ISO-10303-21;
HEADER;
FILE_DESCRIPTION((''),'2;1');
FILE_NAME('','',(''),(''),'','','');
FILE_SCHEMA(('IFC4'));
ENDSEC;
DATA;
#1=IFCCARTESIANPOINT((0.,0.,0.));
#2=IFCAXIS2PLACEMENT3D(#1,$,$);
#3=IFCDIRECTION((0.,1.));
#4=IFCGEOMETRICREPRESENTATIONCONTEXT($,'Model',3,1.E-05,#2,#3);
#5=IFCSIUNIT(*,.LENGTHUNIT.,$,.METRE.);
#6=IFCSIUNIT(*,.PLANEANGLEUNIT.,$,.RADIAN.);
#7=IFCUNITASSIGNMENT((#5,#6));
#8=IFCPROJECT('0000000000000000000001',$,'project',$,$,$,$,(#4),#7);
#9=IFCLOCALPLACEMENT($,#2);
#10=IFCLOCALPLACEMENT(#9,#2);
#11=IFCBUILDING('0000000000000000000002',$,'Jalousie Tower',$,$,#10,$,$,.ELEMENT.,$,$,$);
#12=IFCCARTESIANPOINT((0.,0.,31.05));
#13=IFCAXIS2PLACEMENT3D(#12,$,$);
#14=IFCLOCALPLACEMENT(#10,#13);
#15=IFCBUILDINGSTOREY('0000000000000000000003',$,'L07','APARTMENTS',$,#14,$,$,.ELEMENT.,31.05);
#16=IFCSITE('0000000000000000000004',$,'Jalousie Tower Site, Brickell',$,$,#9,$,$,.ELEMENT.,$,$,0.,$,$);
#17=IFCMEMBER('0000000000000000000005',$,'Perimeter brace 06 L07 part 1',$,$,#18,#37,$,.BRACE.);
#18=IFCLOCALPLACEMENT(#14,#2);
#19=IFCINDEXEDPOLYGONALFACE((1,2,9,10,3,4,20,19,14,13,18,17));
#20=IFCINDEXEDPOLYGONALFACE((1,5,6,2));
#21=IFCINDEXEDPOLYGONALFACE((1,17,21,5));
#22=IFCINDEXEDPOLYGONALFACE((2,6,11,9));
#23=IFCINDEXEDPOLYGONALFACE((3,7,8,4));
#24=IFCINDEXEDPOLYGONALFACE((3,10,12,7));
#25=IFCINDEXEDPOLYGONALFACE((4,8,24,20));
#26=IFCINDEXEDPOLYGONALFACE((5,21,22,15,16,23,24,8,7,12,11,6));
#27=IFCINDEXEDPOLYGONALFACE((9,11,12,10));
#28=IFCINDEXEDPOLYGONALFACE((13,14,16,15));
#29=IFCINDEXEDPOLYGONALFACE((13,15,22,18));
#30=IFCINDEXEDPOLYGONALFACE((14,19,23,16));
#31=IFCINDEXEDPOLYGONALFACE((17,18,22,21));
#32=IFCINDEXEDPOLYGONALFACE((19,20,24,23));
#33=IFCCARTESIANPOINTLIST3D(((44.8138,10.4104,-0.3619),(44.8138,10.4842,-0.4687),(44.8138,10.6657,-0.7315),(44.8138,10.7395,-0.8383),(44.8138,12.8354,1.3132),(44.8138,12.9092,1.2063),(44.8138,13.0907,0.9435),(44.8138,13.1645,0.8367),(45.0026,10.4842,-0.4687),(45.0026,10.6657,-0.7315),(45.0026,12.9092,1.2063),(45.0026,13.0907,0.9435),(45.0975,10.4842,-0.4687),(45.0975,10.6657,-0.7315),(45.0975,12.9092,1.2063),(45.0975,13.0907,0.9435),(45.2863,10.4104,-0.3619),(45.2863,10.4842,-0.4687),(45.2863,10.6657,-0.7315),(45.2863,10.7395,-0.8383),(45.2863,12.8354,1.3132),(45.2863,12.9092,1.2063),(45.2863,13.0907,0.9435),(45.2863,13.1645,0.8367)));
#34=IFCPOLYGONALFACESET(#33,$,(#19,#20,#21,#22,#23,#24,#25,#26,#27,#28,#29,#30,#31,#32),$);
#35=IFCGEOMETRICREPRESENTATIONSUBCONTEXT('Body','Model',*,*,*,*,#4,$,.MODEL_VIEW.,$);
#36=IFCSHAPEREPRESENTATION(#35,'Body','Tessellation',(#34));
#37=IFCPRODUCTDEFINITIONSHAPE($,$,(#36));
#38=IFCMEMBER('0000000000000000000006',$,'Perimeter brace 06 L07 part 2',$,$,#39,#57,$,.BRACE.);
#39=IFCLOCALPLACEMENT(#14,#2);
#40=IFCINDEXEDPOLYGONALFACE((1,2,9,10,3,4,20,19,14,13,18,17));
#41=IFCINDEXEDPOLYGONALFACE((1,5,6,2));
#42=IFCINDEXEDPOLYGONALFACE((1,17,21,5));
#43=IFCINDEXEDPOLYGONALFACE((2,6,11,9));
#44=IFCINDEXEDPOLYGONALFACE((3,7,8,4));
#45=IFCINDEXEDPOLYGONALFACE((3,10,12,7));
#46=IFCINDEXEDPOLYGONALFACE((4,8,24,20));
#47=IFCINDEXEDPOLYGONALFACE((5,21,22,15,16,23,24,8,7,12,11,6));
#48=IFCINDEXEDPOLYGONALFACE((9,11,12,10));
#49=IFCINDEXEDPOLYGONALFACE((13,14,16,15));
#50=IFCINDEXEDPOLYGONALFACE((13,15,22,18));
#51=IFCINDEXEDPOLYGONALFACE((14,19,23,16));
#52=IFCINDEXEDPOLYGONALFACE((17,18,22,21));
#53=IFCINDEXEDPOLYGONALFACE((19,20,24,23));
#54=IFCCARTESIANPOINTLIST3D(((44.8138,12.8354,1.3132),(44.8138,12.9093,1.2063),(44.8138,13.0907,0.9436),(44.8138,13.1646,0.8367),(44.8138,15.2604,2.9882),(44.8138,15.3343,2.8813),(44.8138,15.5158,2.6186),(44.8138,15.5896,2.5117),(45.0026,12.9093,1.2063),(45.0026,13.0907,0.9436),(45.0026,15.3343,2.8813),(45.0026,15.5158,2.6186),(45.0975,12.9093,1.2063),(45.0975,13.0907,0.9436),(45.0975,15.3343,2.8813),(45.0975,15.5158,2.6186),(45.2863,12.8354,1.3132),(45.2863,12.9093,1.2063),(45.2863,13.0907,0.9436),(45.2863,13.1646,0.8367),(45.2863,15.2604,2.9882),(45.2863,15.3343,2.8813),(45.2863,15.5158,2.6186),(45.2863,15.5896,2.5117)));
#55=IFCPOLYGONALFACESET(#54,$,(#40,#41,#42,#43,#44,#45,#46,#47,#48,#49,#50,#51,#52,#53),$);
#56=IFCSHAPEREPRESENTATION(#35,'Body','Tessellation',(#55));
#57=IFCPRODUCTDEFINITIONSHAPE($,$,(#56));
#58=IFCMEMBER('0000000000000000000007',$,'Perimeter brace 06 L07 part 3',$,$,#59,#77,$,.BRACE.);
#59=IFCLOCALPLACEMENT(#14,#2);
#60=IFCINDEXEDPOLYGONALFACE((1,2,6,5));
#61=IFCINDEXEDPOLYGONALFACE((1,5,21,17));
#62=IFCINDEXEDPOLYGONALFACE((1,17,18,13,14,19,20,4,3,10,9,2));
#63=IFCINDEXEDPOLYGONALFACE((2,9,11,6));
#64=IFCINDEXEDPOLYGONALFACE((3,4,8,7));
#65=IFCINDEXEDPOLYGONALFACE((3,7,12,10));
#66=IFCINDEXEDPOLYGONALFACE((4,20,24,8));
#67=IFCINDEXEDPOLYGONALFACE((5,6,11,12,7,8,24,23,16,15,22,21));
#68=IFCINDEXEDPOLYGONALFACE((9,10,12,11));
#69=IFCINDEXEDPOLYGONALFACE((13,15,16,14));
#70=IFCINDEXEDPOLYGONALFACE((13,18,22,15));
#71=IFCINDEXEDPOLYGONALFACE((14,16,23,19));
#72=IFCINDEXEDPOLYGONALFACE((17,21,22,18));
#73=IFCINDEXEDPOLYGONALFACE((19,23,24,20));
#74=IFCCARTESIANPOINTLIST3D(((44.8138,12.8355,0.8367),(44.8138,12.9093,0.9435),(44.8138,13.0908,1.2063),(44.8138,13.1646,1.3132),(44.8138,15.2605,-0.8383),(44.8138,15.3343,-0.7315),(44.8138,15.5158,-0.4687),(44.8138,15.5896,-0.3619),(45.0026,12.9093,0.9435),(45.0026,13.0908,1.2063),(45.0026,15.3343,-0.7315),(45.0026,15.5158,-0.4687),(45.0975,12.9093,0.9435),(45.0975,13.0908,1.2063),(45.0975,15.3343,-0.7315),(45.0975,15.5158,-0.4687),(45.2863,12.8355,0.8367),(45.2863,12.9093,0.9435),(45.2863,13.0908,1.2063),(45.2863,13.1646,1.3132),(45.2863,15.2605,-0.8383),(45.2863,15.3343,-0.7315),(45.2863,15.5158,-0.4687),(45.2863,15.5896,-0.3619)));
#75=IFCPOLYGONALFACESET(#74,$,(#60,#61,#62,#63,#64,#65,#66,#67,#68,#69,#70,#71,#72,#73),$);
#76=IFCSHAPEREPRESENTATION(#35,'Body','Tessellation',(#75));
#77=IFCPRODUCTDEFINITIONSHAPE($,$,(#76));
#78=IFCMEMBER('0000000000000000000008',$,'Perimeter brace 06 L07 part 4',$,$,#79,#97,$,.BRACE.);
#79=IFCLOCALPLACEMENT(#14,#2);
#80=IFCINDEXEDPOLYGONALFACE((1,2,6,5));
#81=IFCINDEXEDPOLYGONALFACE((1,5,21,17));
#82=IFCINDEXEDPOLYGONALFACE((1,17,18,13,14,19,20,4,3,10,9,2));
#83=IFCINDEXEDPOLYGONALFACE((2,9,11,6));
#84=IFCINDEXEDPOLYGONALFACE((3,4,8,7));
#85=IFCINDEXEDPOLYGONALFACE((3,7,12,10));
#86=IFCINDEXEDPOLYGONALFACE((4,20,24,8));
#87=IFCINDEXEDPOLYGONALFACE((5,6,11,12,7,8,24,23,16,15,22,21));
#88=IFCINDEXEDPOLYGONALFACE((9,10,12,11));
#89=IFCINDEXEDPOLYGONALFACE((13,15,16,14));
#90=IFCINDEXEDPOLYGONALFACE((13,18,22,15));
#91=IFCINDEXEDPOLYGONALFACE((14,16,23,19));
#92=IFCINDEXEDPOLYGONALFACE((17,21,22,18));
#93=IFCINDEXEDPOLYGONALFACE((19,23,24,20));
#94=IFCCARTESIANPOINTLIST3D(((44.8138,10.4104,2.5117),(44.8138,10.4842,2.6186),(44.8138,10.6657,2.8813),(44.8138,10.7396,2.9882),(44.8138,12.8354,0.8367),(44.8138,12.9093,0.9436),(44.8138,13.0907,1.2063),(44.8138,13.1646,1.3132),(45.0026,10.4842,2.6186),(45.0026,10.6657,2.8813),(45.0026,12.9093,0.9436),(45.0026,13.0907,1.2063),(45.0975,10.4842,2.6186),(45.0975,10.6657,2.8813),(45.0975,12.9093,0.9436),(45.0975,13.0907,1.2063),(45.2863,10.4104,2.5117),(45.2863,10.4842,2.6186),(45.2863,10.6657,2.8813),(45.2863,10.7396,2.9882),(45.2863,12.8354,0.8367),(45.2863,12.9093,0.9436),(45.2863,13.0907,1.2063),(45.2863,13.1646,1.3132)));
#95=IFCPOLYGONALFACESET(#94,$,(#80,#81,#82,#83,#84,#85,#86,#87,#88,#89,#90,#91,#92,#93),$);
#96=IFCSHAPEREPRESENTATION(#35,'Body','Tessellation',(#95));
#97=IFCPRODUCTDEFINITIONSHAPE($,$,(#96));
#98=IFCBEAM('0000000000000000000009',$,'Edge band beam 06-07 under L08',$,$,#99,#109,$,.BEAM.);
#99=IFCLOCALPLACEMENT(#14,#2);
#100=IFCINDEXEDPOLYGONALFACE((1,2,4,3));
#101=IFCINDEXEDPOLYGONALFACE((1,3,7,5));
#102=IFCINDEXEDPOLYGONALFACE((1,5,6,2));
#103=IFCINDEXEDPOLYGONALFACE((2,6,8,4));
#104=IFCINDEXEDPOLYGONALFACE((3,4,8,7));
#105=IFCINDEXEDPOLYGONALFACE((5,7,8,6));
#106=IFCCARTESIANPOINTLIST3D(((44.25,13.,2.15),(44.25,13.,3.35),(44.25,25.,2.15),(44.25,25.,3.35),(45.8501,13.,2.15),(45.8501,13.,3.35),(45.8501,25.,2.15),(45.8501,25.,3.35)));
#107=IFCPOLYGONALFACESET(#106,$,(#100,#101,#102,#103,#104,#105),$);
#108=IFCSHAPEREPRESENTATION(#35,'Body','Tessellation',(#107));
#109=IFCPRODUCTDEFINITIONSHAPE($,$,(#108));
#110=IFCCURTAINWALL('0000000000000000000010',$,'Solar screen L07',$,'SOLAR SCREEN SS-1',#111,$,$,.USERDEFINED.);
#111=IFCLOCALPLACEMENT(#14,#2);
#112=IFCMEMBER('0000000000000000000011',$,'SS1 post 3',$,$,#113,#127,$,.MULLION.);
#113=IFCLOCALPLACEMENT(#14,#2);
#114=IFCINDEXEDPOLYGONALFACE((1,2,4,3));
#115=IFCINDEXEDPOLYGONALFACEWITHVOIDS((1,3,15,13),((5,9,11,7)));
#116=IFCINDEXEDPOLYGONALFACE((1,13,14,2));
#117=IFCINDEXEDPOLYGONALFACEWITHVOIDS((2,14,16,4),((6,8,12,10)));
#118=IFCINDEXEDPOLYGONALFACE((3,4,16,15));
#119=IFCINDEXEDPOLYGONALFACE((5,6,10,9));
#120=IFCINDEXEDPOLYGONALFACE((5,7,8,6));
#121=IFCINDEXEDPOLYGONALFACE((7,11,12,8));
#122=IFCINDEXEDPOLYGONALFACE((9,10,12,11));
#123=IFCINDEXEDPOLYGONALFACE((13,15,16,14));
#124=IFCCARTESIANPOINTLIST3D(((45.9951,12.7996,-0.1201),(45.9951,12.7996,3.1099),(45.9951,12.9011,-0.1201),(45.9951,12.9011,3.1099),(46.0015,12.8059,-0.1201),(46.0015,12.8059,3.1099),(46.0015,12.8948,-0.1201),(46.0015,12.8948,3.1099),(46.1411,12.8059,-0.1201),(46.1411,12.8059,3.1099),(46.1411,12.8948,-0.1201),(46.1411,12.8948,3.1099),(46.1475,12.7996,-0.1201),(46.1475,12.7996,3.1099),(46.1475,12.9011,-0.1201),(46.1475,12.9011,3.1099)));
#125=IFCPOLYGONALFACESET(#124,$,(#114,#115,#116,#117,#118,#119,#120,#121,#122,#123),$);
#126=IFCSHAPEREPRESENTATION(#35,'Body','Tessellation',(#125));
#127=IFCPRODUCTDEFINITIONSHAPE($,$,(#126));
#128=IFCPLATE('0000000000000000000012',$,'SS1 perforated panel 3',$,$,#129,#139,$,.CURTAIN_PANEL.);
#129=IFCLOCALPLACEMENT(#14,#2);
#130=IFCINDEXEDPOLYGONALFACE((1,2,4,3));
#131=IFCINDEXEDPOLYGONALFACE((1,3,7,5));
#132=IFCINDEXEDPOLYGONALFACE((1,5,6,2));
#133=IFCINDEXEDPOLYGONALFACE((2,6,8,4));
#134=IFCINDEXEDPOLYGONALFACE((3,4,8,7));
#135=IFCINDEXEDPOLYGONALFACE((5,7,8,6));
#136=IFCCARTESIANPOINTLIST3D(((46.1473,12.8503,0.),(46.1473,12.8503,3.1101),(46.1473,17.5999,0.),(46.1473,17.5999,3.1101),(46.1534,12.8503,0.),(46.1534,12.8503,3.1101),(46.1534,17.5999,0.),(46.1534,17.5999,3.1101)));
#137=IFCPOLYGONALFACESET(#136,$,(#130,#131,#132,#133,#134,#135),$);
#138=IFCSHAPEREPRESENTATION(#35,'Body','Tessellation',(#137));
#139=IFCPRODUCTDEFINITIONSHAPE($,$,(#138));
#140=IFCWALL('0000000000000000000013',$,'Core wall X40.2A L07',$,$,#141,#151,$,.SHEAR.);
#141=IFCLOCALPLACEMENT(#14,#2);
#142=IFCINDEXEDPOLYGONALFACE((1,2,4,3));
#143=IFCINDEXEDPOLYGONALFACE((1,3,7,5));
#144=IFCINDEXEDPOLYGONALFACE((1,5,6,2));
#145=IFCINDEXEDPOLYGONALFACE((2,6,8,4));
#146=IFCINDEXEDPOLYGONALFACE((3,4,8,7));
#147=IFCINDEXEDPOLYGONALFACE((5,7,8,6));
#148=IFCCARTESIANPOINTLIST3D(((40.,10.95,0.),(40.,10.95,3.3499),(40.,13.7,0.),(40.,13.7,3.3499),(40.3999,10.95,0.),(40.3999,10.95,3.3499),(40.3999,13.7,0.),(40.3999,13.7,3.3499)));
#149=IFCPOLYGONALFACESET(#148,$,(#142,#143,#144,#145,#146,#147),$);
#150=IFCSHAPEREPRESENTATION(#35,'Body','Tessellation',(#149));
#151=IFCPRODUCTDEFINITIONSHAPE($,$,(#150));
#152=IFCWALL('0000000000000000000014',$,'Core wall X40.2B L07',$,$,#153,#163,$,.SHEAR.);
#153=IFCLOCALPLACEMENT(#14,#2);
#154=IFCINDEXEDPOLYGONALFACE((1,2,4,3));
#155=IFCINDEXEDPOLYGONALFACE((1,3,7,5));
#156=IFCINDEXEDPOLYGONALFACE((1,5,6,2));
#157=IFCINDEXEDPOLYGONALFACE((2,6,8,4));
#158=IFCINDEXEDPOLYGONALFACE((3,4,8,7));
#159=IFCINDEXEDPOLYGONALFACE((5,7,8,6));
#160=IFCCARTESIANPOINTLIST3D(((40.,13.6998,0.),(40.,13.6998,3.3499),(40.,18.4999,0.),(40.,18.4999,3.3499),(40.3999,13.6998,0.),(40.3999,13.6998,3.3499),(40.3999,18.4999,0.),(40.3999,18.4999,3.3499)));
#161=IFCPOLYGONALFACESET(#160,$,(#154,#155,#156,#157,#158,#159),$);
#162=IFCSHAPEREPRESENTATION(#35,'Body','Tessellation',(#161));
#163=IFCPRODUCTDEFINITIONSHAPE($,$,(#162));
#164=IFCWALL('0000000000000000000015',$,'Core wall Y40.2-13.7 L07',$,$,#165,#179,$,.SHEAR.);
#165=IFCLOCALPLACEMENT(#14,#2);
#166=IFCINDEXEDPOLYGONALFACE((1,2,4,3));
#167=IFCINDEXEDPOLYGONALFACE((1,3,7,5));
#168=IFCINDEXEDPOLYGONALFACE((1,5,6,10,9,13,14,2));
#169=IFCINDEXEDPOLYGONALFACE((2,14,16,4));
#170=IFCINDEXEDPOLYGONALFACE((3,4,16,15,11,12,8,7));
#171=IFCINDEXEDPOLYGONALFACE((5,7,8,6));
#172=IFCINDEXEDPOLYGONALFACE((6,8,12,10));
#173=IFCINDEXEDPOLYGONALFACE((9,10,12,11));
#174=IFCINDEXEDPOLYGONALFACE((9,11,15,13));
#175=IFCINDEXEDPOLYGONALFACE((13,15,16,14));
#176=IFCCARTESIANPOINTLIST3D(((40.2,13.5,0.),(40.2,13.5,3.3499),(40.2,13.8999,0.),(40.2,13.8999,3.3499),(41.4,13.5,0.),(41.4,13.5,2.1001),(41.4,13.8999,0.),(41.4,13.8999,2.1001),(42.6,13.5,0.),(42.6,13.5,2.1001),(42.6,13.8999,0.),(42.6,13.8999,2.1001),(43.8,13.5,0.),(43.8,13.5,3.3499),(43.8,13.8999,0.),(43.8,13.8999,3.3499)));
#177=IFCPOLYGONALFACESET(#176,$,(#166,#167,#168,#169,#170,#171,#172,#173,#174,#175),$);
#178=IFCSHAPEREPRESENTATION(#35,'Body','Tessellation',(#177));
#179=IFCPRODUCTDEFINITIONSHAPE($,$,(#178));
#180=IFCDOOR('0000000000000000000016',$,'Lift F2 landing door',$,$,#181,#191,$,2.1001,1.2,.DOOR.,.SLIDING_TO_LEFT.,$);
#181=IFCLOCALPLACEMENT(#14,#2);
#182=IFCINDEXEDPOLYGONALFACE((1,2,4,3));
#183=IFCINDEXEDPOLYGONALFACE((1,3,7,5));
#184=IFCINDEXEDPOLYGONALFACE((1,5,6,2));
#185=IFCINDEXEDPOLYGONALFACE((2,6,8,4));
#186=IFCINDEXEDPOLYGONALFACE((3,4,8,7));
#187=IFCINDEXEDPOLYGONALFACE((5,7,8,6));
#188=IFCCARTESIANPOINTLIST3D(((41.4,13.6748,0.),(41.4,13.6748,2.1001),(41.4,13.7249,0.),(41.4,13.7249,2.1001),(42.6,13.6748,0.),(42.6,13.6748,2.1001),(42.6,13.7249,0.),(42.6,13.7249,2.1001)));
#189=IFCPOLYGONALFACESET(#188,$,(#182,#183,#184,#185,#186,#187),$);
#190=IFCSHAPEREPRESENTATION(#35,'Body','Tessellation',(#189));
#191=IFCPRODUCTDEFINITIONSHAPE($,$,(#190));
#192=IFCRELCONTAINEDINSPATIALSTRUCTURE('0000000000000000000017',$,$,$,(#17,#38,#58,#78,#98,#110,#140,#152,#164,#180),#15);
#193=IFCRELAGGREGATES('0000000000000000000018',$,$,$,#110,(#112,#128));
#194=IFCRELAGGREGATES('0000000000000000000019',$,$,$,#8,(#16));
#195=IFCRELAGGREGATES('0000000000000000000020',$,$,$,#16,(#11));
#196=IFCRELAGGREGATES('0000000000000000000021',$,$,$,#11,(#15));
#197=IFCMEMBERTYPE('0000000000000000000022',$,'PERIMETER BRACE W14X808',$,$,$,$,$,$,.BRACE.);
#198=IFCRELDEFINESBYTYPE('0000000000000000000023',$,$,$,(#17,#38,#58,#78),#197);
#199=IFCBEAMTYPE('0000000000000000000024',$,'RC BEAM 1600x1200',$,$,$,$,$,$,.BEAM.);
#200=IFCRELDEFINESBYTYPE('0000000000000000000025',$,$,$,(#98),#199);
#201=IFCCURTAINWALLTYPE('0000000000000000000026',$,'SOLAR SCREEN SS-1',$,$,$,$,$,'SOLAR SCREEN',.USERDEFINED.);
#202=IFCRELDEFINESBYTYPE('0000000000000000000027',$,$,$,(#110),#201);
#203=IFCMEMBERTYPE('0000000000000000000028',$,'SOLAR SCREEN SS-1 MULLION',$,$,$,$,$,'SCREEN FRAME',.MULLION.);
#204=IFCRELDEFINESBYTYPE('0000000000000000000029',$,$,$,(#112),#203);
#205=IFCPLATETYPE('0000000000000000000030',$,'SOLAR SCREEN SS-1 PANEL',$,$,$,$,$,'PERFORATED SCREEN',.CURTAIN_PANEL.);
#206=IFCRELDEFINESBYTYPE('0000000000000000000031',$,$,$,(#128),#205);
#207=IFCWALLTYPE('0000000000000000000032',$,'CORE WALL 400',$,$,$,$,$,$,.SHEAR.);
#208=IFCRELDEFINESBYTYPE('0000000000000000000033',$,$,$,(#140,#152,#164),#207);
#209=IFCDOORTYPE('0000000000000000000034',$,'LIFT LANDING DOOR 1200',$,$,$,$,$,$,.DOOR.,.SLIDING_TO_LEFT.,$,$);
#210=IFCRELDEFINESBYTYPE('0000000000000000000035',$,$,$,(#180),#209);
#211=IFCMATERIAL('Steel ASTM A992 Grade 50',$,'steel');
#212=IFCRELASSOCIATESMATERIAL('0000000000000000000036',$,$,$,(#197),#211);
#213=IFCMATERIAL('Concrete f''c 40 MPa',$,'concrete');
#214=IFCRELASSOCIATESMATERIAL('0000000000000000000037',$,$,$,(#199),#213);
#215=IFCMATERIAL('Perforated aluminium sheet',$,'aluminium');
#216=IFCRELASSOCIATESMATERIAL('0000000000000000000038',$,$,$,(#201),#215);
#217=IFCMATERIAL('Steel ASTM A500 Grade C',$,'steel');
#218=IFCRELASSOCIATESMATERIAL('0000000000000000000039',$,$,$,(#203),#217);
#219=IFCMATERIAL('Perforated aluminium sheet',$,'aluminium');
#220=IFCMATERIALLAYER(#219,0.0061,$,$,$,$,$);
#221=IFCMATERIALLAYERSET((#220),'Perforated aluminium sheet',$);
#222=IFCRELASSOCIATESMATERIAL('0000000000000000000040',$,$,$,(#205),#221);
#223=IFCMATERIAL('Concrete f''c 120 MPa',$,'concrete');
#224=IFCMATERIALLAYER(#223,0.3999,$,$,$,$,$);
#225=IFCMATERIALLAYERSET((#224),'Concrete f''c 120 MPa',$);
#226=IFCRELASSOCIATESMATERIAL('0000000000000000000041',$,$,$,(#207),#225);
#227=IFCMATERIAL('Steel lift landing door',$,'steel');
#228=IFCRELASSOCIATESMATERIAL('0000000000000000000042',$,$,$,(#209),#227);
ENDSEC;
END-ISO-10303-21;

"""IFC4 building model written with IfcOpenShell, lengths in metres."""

from ifc_helpers import new_model, si_unit, direction, frame, frame_2d, origin, origin_2d, place, context, subcontext, project, spatial, rectangle, hollow_rectangle, i_section, extrude, material, layer, layer_set, material_profile, profile_set, type_object, element, fill, aggregate, save


model = new_model("IFC4")

# Units and contexts
model_context = context("Model", 3, precision=1e-05, world=origin(), true_north=direction((0.0, 1.0)))
body_context = subcontext(model_context, "Body", "Model", "MODEL_VIEW")
ifc_project = project(units=[si_unit("LENGTHUNIT", "METRE"), si_unit("PLANEANGLEUNIT", "RADIAN")], contexts=[model_context])

# Site, building, storey
site_placement = place(None, origin())
site = spatial("IfcSite", under=ifc_project, at=site_placement, Name="Jalousie Tower Site, Brickell", CompositionType="ELEMENT", RefElevation=0.0)
building_placement = place(site_placement, origin())
building = spatial("IfcBuilding", under=site, at=building_placement, Name="Jalousie Tower", CompositionType="ELEMENT")
storey_placement = place(building_placement, frame((0.0, 0.0, 31.05)))
storey = spatial("IfcBuildingStorey", under=building, at=storey_placement, Name="L07", Description="APARTMENTS", CompositionType="ELEMENT", Elevation=31.05)

# Members
ifc_material_1 = material(Name="Steel ASTM A992 Grade 50", Category="steel")
ifc_material_profile_1 = material_profile(ifc_material_1, i_section(OverallWidth=0.4724, OverallDepth=0.5791, WebThickness=0.095, FlangeThickness=0.1299, at=origin_2d()), Name="W14X808")
ifc_profile_set_1 = profile_set([ifc_material_profile_1], Name="Steel ASTM A992 Grade 50")
member_type_1 = type_object("IfcMemberType", Name="PERIMETER BRACE W14X808", PredefinedType="BRACE", material=ifc_profile_set_1)
for number, where, z_axis, x_axis, name in (
    (1, (45.05, 10.575, -0.6001), (0.0, 0.8228, 0.568331), (-1.0, 0.0, 0.0), "Perimeter brace 06 L07 part 1"),
    (2, (45.05, 13.0, 1.075), (0.0, 0.8228, 0.568331), (-1.0, 0.0, 0.0), "Perimeter brace 06 L07 part 2"),
    (3, (45.05, 15.425, -0.6001), (0.0, -0.8228, 0.568331), (1.0, 0.0, 0.0), "Perimeter brace 06 L07 part 3"),
    (4, (45.05, 13.0, 1.075), (0.0, -0.8228, 0.568331), (1.0, 0.0, 0.0), "Perimeter brace 06 L07 part 4"),
):
    element("IfcMember", number, at=place(storey_placement, frame(where, z_axis=z_axis, x_axis=x_axis)), inside=storey, type_object=member_type_1, Name=name, PredefinedType="BRACE", context=body_context, shape_type="SweptSolid", body=[
        extrude(i_section(OverallWidth=0.4724, OverallDepth=0.5791, WebThickness=0.095, FlangeThickness=0.1299, at=origin_2d()), origin(), (0.0, 0.0, 1.0), 2.9473),
    ])

# Beam
ifc_material_2 = material(Name="Concrete f'c 40 MPa", Category="concrete")
ifc_material_profile_2 = material_profile(ifc_material_2, rectangle(XDim=1.6001, YDim=1.2, at=origin_2d()), Name="RC 1600x1200")
ifc_profile_set_2 = profile_set([ifc_material_profile_2], Name="Concrete f'c 40 MPa")
beam_type = type_object("IfcBeamType", Name="RC BEAM 1600x1200", PredefinedType="BEAM", material=ifc_profile_set_2)
beam_placement = place(storey_placement, frame((45.05, 13.0, 2.75), z_axis=(0.0, 1.0, 0.0), x_axis=(-1.0, 0.0, 0.0)))
element("IfcBeam", 5, at=beam_placement, inside=storey, type_object=beam_type, Name="Edge band beam 06-07 under L08", PredefinedType="BEAM", context=body_context, shape_type="SweptSolid", body=[
    extrude(rectangle(XDim=1.6001, YDim=1.2, at=origin_2d()), origin(), (0.0, 0.0, 1.0), 12.0),
])

# Curtain wall, member, plate
ifc_material_3 = material(Name="Perforated aluminium sheet", Category="aluminium")
curtain_wall_type = type_object("IfcCurtainWallType", Name="SOLAR SCREEN SS-1", ElementType="SOLAR SCREEN", PredefinedType="USERDEFINED", material=ifc_material_3)
curtain_wall_placement = place(storey_placement, origin())
curtain_wall = element("IfcCurtainWall", 6, at=curtain_wall_placement, inside=storey, type_object=curtain_wall_type, Name="Solar screen L07", ObjectType="SOLAR SCREEN SS-1", PredefinedType="USERDEFINED")
ifc_material_4 = material(Name="Steel ASTM A500 Grade C", Category="steel")
ifc_material_profile_3 = material_profile(ifc_material_4, hollow_rectangle(XDim=0.1016, YDim=0.1523, WallThickness=0.0063, at=origin_2d()), Name="HSS6X4X1/4")
ifc_profile_set_3 = profile_set([ifc_material_profile_3], Name="Steel ASTM A500 Grade C")
member_type_2 = type_object("IfcMemberType", Name="SOLAR SCREEN SS-1 MULLION", ElementType="SCREEN FRAME", PredefinedType="MULLION", material=ifc_profile_set_3)
member_placement = place(storey_placement, frame((46.0713, 12.8503, -0.1201), z_axis=(0.0, 0.0, 1.0), x_axis=(0.0, 1.0, 0.0)))
member = element("IfcMember", 7, at=member_placement, type_object=member_type_2, Name="SS1 post 3", PredefinedType="MULLION", context=body_context, shape_type="SweptSolid", body=[
    extrude(hollow_rectangle(XDim=0.1016, YDim=0.1523, WallThickness=0.0063, at=origin_2d()), origin(), (0.0, 0.0, 1.0), 3.23),
])
ifc_material_5 = material(Name="Perforated aluminium sheet", Category="aluminium")
ifc_layer_1 = layer(ifc_material_5, 0.0061)
ifc_layer_set_1 = layer_set([ifc_layer_1], Name="Perforated aluminium sheet")
plate_type = type_object("IfcPlateType", Name="SOLAR SCREEN SS-1 PANEL", ElementType="PERFORATED SCREEN", PredefinedType="CURTAIN_PANEL", material=ifc_layer_set_1)
plate_placement = place(storey_placement, frame((46.1504, 15.2251, 0.0), z_axis=(0.0, 0.0, 1.0), x_axis=(0.0, 1.0, 0.0)))
plate = element("IfcPlate", 8, at=plate_placement, type_object=plate_type, Name="SS1 perforated panel 3", PredefinedType="CURTAIN_PANEL", context=body_context, shape_type="SweptSolid", body=[
    extrude(rectangle(XDim=4.7495, YDim=0.0061, at=origin_2d()), origin(), (0.0, 0.0, 1.0), 3.1101),
])
aggregate(curtain_wall, [member, plate])

# Walls
ifc_material_6 = material(Name="Concrete f'c 120 MPa", Category="concrete")
ifc_layer_2 = layer(ifc_material_6, 0.3999)
ifc_layer_set_2 = layer_set([ifc_layer_2], Name="Concrete f'c 120 MPa")
wall_type_1 = type_object("IfcWallType", Name="CORE WALL 400", PredefinedType="SHEAR", material=ifc_layer_set_2)
wall_1_placement = place(storey_placement, frame((40.2, 10.95, 0.0), z_axis=(0.0, 0.0, 1.0), x_axis=(0.0, 1.0, 0.0)))
element("IfcWall", 9, at=wall_1_placement, inside=storey, type_object=wall_type_1, Name="Core wall X40.2A L07", PredefinedType="SHEAR", context=body_context, shape_type="SweptSolid", body=[
    extrude(rectangle(XDim=2.75, YDim=0.3999, at=frame_2d((1.375, 0.0))), origin(), (0.0, 0.0, 1.0), 3.3499),
])
wall_2_placement = place(storey_placement, frame((40.2, 13.7, 0.0), z_axis=(0.0, 0.0, 1.0), x_axis=(0.0, 1.0, 0.0)))
element("IfcWall", 10, at=wall_2_placement, inside=storey, type_object=wall_type_1, Name="Core wall X40.2B L07", PredefinedType="SHEAR", context=body_context, shape_type="SweptSolid", body=[
    extrude(rectangle(XDim=4.8, YDim=0.3999, at=frame_2d((2.3999, 0.0))), origin(), (0.0, 0.0, 1.0), 3.3499),
])

# Wall, opening, door
wall_3_placement = place(storey_placement, frame((40.2, 13.7, 0.0), z_axis=(0.0, 0.0, 1.0), x_axis=(1.0, 0.0, 0.0)))
wall_3 = element("IfcWall", 11, at=wall_3_placement, inside=storey, type_object=wall_type_1, Name="Core wall Y40.2-13.7 L07", PredefinedType="SHEAR", context=body_context, shape_type="SweptSolid", body=[
    extrude(rectangle(XDim=3.6001, YDim=0.3999, at=frame_2d((1.8, 0.0))), origin(), (0.0, 0.0, 1.0), 3.3499),
])
opening_1_placement = place(wall_3_placement, frame((1.2, 0.0, 0.0)))
opening_1 = element("IfcOpeningElement", 12, at=opening_1_placement, cuts=wall_3, PredefinedType="OPENING", context=body_context, shape_type="SweptSolid", body=[
    extrude(rectangle(XDim=1.2, YDim=2.1001, at=frame_2d((0.6001, 1.05))), frame((0.0, 0.21, 0.0), z_axis=(0.0, -1.0, 0.0), x_axis=(1.0, 0.0, 0.0)), (0.0, 0.0, 1.0), 0.4199),
])
ifc_material_7 = material(Name="Steel lift landing door", Category="steel")
door_type_1 = type_object("IfcDoorType", Name="LIFT LANDING DOOR 1200", OperationType="SLIDING_TO_LEFT", PredefinedType="DOOR", material=ifc_material_7)
door_1_placement = place(opening_1_placement, origin())
door_1 = element("IfcDoor", 13, at=door_1_placement, inside=storey, type_object=door_type_1, Name="Lift F2 landing door", OperationType="SLIDING_TO_LEFT", OverallHeight=2.1001, OverallWidth=1.2, PredefinedType="DOOR", context=body_context, shape_type="SweptSolid", body=[
    extrude(rectangle(XDim=1.2, YDim=2.1001, at=frame_2d((0.6001, 1.05))), frame((0.0, 0.0249, 0.0), z_axis=(0.0, -1.0, 0.0), x_axis=(1.0, 0.0, 0.0)), (0.0, 0.0, 1.0), 0.05),
])
fill(opening_1, door_1)

save(model, "model.ifc")
